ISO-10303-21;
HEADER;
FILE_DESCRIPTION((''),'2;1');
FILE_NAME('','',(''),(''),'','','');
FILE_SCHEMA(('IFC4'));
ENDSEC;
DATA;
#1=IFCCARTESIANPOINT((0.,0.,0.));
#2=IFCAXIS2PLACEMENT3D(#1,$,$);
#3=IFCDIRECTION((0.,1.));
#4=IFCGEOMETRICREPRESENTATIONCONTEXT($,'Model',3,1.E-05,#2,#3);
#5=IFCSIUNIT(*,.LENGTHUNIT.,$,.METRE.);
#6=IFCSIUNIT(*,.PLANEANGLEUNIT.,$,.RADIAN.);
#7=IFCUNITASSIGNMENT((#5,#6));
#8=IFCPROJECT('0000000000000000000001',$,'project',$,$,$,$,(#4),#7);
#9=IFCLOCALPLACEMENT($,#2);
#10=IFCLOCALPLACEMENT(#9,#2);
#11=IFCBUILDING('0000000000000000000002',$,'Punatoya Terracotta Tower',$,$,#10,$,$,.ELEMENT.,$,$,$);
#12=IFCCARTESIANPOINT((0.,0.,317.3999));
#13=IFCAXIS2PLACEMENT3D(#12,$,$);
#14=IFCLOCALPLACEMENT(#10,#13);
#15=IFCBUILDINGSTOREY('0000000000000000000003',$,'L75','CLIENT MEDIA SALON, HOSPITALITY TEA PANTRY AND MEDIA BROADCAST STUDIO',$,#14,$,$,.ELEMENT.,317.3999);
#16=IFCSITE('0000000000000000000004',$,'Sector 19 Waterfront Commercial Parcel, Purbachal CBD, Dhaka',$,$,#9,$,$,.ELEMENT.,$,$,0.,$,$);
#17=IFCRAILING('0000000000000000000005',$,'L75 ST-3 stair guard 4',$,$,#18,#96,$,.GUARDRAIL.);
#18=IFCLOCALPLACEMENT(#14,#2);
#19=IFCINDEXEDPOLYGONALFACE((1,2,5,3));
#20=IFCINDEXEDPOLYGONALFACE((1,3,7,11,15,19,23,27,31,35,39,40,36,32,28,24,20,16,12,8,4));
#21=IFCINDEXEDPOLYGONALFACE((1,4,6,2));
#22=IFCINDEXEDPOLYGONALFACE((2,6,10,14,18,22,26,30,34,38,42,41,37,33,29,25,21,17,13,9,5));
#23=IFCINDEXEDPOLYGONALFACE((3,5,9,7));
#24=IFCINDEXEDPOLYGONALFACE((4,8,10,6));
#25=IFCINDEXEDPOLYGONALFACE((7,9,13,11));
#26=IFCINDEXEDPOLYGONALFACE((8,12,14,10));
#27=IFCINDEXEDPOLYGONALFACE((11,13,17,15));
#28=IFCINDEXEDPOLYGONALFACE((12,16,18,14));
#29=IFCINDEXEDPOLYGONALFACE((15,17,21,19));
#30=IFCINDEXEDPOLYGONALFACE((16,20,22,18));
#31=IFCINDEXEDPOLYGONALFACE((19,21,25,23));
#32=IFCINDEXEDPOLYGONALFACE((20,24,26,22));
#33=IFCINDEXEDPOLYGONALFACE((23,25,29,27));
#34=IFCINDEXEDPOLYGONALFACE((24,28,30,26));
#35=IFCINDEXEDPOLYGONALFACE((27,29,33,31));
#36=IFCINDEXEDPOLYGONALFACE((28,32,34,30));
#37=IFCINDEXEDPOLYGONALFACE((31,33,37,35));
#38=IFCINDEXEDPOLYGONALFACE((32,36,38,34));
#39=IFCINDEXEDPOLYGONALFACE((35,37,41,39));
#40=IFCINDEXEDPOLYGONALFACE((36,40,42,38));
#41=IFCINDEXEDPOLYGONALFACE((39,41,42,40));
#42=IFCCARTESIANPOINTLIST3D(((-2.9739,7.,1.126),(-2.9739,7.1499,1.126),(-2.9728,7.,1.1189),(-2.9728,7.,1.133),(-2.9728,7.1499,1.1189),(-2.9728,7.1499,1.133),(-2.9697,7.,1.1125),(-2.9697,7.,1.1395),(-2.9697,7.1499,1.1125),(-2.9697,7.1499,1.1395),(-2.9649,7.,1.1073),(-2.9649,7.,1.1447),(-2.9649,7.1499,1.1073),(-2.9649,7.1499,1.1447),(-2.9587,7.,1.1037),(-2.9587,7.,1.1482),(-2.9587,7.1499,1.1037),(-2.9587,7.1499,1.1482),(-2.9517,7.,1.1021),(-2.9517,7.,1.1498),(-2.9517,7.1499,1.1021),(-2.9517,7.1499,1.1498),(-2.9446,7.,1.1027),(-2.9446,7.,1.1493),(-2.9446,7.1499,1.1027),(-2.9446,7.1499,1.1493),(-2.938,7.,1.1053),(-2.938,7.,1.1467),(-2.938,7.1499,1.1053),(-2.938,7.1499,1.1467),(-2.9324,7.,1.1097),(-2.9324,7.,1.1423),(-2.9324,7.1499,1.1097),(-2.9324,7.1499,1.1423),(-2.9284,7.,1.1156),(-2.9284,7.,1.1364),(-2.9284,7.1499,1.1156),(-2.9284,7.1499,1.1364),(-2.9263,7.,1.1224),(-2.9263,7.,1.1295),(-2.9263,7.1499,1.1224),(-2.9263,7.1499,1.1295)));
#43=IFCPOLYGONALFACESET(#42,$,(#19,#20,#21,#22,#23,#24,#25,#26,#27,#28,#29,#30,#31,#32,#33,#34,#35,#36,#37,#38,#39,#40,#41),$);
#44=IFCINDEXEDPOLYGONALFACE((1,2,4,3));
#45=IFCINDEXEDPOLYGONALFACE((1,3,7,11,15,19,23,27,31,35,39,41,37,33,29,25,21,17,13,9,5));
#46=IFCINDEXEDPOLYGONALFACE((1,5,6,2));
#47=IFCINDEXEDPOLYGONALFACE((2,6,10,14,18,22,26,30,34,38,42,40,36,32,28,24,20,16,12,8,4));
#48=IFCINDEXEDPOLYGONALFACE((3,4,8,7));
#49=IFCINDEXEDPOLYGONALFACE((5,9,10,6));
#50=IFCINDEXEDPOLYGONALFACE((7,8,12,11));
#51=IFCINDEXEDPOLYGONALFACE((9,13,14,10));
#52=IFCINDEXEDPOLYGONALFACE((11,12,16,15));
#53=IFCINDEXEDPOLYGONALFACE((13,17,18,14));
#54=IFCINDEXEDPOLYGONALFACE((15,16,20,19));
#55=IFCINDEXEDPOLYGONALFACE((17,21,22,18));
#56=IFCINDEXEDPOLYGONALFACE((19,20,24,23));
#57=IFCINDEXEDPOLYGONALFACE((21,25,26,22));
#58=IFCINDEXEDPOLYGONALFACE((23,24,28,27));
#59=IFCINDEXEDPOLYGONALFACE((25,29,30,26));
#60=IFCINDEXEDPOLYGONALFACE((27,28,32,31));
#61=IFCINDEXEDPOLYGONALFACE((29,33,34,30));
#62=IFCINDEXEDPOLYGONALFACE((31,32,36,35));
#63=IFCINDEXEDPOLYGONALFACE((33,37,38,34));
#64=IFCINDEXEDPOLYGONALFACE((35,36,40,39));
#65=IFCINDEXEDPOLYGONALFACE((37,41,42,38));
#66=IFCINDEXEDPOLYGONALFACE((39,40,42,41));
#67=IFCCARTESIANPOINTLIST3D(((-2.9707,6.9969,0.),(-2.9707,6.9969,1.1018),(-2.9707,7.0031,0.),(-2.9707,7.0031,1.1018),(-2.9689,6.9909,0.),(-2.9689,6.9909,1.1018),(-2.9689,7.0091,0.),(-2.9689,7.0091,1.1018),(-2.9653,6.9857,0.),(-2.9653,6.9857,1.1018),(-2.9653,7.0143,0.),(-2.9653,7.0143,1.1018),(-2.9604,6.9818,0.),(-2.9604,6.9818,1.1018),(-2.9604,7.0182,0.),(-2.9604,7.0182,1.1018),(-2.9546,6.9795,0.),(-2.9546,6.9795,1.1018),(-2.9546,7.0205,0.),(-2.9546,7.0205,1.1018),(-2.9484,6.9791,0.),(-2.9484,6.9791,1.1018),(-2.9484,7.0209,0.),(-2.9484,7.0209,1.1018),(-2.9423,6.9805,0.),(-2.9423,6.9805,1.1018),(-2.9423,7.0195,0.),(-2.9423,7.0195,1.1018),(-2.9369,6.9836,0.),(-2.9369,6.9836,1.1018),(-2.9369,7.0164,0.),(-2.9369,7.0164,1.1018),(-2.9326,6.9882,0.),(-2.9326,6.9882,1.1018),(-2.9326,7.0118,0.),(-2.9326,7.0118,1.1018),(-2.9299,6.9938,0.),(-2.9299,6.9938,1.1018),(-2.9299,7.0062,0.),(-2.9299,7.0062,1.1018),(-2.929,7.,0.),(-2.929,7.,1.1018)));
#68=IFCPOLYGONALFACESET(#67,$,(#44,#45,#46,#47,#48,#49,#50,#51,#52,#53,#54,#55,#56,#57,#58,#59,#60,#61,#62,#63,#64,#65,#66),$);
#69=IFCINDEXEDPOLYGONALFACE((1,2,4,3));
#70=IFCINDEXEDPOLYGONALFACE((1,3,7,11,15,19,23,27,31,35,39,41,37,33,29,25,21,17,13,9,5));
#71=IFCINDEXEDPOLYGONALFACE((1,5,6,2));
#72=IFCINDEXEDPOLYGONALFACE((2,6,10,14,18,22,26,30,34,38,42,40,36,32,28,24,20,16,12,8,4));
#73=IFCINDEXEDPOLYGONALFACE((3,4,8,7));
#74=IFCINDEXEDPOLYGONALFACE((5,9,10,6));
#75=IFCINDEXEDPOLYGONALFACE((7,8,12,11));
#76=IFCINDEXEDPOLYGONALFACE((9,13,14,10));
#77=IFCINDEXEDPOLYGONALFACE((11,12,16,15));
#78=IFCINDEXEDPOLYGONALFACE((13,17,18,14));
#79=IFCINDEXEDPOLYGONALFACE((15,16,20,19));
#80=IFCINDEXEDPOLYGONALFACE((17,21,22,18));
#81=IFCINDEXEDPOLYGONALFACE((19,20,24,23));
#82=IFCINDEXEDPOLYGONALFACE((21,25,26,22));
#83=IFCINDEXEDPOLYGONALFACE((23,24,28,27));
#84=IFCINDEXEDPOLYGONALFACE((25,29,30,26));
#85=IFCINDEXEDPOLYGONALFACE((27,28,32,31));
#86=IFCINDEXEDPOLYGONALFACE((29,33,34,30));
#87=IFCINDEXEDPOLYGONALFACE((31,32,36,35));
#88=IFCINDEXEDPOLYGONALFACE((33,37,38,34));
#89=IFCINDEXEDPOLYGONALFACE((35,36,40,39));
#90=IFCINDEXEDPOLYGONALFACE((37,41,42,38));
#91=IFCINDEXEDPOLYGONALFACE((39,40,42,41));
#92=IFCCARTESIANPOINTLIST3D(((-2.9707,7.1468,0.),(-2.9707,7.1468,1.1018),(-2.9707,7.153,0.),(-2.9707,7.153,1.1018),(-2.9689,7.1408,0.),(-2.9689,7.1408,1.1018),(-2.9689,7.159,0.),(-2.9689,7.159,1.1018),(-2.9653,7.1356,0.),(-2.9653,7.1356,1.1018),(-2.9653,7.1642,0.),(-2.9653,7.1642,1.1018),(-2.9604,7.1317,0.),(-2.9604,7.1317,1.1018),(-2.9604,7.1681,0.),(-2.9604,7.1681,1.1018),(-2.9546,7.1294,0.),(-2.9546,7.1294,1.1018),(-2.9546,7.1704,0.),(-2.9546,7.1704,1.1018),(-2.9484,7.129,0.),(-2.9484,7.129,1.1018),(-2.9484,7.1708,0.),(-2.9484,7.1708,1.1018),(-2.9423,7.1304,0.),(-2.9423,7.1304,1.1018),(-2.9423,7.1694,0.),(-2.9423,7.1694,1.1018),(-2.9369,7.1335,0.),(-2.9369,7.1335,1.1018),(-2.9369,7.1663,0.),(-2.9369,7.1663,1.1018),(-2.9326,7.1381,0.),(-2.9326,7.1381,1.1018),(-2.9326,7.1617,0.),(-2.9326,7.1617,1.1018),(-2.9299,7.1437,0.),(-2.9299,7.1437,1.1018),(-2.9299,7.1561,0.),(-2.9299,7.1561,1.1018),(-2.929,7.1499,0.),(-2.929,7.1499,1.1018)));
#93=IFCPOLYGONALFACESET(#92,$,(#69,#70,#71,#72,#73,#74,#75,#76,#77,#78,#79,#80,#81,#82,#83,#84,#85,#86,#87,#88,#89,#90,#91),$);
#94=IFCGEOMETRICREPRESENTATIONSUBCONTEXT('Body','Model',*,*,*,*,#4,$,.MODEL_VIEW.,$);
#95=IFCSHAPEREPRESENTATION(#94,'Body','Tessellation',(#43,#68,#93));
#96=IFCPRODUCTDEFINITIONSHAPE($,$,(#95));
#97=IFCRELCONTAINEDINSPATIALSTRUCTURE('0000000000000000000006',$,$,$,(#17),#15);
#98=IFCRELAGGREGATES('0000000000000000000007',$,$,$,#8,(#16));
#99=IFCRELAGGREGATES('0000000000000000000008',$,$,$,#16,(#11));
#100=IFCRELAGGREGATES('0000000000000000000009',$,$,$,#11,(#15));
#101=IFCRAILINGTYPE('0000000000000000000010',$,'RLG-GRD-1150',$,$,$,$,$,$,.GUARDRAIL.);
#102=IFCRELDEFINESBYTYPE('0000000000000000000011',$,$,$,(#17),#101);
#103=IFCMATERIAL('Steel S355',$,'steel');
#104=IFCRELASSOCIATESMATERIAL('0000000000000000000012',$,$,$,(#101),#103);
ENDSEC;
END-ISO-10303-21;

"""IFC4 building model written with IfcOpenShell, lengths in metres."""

from ifc_helpers import new_model, si_unit, direction, frame, origin, origin_2d, place, context, subcontext, project, spatial, circle, extrude, material, type_object, element, save


model = new_model("IFC4")

# Units and contexts
model_context = context("Model", 3, precision=1e-05, world=origin(), true_north=direction((0.0, 1.0)))
body_context = subcontext(model_context, "Body", "Model", "MODEL_VIEW")
ifc_project = project(units=[si_unit("LENGTHUNIT", "METRE"), si_unit("PLANEANGLEUNIT", "RADIAN")], contexts=[model_context])

# Site, building, storey
site_placement = place(None, origin())
site = spatial("IfcSite", under=ifc_project, at=site_placement, Name="Sector 19 Waterfront Commercial Parcel, Purbachal CBD, Dhaka", CompositionType="ELEMENT", RefElevation=0.0)
building_placement = place(site_placement, origin())
building = spatial("IfcBuilding", under=site, at=building_placement, Name="Punatoya Terracotta Tower", CompositionType="ELEMENT")
storey_placement = place(building_placement, frame((0.0, 0.0, 317.3999)))
storey = spatial("IfcBuildingStorey", under=building, at=storey_placement, Name="L75", Description="CLIENT MEDIA SALON, HOSPITALITY TEA PANTRY AND MEDIA BROADCAST STUDIO", CompositionType="ELEMENT", Elevation=317.3999)

# Railing
ifc_material_1 = material(Name="Steel S355", Category="steel")
railing_type_1 = type_object("IfcRailingType", Name="RLG-GRD-1150", PredefinedType="GUARDRAIL", material=ifc_material_1)
railing_1_placement = place(storey_placement, frame((-2.95, 7.0, 0.0)))
element("IfcRailing", 1, at=railing_1_placement, inside=storey, type_object=railing_type_1, Name="L75 ST-3 stair guard 4", PredefinedType="GUARDRAIL", context=body_context, shape_type="SweptSolid", body=[
    extrude(circle(Radius=0.0239, at=origin_2d()), frame((0.0, 0.0, 1.126), z_axis=(0.0, 1.0, 0.0), x_axis=(-1.0, 0.0, 0.0)), (0.0, 0.0, 1.0), 0.1499),
    extrude(circle(Radius=0.021, at=origin_2d()), origin(), (0.0, 0.0, 1.0), 1.1018),
    extrude(circle(Radius=0.021, at=origin_2d()), frame((0.0, 0.1499, 0.0)), (0.0, 0.0, 1.0), 1.1018),
])

save(model, "model.ifc")
